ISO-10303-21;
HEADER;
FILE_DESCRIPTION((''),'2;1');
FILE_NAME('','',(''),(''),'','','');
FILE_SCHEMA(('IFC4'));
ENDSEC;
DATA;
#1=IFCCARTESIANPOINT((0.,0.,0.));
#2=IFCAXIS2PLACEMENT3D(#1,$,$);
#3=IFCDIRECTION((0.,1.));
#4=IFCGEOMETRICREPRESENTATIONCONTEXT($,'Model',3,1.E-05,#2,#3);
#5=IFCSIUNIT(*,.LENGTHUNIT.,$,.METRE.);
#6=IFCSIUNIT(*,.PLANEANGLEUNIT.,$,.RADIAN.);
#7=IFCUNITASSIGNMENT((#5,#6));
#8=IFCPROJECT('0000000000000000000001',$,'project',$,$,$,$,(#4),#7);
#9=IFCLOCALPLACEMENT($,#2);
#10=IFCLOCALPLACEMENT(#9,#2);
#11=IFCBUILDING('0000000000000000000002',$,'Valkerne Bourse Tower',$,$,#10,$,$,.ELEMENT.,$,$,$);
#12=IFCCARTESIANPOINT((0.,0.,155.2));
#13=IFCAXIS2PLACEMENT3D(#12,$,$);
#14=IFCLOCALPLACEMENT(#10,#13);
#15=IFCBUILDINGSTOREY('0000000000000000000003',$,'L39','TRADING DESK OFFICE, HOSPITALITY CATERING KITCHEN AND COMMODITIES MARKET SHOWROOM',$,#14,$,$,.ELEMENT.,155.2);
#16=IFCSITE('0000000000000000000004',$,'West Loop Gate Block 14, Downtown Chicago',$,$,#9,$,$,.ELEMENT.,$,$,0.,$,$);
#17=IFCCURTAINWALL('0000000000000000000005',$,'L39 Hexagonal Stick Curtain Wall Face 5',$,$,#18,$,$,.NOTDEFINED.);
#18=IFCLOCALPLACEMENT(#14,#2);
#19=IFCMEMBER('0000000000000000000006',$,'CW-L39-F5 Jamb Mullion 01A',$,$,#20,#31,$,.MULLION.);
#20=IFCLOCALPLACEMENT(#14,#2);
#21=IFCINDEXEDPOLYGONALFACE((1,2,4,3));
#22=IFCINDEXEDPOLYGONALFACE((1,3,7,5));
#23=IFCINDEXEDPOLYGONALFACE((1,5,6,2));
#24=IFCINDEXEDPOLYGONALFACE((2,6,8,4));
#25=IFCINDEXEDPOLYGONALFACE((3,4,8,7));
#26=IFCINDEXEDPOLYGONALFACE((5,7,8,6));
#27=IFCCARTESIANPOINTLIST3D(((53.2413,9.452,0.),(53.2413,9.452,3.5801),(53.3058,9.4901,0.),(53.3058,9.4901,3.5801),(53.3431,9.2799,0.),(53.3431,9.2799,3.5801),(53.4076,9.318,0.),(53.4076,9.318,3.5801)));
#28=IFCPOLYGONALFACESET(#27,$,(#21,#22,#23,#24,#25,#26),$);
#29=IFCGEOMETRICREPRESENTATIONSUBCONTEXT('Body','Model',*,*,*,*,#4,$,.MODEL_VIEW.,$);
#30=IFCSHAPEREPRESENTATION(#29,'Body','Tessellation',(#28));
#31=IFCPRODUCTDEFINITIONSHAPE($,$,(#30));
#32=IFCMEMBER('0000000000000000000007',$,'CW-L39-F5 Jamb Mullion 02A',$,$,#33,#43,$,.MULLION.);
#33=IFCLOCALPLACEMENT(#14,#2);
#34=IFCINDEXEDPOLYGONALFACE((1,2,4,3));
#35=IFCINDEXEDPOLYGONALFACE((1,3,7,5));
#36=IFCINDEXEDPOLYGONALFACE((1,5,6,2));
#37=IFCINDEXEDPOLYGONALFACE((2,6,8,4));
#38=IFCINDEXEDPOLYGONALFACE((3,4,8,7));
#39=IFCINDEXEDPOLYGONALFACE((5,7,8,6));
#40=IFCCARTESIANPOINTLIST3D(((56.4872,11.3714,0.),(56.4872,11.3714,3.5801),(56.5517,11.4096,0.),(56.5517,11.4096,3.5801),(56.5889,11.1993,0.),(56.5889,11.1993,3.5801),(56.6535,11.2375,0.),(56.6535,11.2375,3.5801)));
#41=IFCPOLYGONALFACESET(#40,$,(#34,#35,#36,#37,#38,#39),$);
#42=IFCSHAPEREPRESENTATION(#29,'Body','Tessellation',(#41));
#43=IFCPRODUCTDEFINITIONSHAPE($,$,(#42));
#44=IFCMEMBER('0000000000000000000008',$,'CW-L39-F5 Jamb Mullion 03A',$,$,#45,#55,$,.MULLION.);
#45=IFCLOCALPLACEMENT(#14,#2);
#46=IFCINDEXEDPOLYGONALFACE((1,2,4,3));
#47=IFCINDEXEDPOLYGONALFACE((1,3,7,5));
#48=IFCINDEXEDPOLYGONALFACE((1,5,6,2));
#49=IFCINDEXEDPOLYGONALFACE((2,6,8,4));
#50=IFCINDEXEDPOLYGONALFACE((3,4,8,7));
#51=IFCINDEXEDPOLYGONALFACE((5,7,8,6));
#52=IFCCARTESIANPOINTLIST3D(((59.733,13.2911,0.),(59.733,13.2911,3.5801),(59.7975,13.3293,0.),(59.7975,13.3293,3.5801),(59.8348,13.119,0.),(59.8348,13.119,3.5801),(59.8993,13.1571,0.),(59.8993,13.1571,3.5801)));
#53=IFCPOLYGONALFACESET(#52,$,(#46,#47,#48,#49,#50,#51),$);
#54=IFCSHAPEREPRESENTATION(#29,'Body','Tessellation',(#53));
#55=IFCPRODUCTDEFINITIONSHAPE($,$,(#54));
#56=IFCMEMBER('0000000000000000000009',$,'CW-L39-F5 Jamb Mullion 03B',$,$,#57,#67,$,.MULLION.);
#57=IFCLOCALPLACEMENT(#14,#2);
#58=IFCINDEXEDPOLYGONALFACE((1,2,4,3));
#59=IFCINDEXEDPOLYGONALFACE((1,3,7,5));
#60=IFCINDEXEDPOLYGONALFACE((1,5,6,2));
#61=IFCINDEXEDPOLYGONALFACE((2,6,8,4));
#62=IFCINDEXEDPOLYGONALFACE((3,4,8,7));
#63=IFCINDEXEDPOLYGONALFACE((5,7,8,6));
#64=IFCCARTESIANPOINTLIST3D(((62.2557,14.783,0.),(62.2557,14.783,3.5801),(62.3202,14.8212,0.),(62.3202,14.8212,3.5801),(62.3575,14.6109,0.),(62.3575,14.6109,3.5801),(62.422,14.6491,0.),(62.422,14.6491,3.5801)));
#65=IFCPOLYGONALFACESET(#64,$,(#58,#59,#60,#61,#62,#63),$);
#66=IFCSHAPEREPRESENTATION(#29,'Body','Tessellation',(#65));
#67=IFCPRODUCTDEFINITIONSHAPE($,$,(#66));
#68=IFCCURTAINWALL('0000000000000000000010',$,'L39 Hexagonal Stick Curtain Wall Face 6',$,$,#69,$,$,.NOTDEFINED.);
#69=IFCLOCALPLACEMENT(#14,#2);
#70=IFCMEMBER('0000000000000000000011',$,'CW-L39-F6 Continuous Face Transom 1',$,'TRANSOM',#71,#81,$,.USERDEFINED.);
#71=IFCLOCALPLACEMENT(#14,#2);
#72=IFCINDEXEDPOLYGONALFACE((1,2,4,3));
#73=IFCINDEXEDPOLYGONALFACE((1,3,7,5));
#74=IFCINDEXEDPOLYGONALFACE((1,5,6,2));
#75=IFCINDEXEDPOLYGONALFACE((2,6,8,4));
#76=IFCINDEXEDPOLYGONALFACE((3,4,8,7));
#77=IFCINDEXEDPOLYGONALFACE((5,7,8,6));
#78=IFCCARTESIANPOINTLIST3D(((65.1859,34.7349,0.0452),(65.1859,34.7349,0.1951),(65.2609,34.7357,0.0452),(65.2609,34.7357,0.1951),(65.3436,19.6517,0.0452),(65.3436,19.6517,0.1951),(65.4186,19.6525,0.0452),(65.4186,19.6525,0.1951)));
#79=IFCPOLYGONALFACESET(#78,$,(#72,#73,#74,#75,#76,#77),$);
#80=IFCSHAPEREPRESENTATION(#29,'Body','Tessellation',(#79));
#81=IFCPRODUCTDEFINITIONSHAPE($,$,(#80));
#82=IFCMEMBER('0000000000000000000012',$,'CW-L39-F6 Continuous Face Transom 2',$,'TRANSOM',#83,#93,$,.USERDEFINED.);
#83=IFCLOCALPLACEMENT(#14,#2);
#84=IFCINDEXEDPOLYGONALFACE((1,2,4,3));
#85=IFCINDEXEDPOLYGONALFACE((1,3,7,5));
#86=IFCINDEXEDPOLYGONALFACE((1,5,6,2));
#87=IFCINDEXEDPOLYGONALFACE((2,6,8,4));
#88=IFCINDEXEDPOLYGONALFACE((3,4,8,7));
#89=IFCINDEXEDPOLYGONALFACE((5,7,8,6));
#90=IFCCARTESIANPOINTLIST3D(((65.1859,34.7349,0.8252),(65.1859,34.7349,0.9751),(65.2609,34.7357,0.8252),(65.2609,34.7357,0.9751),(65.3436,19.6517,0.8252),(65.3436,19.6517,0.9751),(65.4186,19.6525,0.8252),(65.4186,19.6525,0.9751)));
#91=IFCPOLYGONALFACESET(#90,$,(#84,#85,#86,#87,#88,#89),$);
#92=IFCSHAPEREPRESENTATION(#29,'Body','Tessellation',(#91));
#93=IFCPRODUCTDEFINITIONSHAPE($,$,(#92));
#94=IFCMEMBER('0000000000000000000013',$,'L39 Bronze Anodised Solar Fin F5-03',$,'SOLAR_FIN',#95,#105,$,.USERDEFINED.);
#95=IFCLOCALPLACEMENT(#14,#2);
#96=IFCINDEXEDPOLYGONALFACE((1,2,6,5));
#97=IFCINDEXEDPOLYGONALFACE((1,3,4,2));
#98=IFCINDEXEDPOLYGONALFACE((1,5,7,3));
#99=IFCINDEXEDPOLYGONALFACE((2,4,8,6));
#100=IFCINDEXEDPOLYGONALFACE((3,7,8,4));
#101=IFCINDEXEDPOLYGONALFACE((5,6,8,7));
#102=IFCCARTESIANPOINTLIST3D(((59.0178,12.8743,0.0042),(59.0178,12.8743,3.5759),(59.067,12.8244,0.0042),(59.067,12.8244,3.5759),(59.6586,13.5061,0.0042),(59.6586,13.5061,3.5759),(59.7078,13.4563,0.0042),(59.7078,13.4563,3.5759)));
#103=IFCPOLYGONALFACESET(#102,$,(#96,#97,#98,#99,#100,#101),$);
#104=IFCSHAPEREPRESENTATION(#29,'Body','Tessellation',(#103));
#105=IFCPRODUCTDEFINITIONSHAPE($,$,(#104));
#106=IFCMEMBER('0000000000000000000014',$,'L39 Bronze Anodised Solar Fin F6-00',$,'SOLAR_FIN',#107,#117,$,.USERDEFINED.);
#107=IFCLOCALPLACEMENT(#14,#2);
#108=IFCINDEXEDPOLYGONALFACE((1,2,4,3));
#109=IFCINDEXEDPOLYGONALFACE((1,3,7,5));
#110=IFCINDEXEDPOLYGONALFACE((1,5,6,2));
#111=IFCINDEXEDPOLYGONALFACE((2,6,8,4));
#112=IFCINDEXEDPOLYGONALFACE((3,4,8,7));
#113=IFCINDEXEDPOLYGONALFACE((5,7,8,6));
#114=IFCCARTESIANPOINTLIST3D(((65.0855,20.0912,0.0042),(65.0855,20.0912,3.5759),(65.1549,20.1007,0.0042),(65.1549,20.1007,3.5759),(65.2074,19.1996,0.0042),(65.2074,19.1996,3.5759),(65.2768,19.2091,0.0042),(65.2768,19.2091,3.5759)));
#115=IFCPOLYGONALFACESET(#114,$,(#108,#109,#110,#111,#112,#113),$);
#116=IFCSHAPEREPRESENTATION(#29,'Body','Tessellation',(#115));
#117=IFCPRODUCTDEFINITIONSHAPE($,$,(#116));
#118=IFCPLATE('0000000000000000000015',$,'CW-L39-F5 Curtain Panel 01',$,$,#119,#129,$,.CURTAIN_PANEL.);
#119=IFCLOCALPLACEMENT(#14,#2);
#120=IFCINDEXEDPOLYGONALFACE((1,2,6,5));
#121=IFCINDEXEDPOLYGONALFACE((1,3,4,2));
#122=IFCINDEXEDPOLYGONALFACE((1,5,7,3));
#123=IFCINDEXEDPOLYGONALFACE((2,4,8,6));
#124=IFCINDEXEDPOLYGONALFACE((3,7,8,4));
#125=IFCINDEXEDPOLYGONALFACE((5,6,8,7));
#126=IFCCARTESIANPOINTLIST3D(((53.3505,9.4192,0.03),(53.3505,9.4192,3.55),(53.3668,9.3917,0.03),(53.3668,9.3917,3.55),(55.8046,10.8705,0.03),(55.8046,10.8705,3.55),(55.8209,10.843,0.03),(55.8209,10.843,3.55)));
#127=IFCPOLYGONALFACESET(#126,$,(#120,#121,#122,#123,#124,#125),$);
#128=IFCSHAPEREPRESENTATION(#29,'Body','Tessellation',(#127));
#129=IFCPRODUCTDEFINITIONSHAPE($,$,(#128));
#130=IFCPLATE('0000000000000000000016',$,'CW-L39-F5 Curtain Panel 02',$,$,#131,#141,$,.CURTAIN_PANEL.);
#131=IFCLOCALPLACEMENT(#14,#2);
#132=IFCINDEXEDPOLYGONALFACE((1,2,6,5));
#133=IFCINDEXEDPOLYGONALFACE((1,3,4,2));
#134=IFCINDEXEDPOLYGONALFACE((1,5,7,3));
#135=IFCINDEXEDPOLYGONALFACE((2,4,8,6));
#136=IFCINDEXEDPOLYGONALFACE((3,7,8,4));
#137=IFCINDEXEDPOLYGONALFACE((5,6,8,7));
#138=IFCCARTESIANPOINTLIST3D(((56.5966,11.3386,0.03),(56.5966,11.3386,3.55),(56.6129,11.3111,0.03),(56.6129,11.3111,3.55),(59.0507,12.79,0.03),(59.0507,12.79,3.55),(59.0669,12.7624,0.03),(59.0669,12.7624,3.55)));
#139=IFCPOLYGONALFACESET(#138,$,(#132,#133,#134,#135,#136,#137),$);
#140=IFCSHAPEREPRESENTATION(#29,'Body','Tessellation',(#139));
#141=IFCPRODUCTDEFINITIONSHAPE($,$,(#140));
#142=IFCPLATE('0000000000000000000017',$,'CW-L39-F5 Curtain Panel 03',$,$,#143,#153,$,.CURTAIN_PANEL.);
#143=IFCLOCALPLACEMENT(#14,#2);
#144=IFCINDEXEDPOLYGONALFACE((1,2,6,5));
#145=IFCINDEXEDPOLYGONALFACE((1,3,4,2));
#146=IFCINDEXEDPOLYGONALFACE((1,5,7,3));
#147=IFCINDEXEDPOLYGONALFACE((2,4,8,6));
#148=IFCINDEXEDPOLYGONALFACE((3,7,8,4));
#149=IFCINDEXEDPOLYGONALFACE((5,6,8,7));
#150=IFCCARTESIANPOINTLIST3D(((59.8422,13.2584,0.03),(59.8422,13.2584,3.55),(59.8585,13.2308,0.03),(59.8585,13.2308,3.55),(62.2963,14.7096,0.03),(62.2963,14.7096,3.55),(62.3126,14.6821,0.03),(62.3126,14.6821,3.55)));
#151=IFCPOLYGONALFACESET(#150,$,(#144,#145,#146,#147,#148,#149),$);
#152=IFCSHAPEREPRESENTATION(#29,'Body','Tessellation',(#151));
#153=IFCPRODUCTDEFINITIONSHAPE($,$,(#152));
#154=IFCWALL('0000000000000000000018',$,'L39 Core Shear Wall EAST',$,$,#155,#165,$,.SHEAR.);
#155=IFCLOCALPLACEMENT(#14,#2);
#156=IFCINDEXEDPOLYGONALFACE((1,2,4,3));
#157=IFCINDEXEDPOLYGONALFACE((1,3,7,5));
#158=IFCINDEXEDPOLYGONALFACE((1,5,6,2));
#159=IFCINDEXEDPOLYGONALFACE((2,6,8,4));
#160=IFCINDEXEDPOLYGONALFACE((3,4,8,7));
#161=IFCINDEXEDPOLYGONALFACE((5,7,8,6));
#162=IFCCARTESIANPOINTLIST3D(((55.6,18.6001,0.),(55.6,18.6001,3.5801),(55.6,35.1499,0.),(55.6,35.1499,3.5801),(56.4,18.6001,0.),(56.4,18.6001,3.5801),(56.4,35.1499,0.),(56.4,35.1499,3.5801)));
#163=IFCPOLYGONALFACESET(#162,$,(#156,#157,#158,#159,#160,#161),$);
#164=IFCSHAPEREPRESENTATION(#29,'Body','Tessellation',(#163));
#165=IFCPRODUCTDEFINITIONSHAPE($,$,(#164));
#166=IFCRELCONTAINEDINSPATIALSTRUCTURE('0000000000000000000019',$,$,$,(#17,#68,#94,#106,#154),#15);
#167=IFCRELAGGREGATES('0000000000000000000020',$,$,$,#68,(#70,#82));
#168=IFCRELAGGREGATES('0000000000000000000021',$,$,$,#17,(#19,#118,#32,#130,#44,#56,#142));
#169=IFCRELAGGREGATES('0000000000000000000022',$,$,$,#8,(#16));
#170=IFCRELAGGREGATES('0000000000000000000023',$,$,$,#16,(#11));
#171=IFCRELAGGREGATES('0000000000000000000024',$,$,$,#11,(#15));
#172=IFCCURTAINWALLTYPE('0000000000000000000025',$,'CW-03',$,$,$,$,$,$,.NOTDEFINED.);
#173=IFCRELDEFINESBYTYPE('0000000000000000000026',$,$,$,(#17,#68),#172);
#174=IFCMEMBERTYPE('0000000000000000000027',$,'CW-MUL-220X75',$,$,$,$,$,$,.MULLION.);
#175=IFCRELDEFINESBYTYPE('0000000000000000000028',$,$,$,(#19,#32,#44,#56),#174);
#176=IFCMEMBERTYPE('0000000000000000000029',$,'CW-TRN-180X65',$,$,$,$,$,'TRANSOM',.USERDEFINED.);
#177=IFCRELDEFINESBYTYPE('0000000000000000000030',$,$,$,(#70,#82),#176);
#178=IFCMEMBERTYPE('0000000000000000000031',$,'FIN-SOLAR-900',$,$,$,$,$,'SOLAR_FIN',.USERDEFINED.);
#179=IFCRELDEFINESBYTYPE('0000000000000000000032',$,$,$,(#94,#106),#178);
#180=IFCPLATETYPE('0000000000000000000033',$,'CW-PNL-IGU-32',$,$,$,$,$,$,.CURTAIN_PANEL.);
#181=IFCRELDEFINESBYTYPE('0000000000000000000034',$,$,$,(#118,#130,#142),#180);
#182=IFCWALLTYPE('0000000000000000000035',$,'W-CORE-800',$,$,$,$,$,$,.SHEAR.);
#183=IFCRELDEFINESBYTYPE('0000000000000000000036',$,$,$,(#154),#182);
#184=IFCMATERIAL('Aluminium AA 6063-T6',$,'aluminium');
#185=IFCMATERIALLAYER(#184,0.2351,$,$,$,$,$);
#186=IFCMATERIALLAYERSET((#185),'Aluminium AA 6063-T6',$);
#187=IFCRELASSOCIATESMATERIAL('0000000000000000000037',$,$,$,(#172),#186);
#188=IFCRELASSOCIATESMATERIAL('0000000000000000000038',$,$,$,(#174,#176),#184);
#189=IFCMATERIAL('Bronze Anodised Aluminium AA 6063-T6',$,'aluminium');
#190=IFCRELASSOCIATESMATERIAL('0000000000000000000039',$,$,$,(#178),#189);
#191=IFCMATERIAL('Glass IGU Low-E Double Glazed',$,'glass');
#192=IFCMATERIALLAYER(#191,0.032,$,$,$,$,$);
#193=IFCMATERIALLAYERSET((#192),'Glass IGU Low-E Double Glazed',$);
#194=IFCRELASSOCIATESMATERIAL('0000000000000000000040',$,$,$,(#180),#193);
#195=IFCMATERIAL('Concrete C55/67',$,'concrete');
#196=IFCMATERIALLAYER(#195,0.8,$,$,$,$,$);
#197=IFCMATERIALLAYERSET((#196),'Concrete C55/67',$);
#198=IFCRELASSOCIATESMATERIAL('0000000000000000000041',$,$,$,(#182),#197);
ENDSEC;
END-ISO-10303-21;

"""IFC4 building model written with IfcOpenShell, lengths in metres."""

from ifc_helpers import new_model, si_unit, direction, frame, frame_2d, origin, origin_2d, place, context, subcontext, project, spatial, rectangle, extrude, material, layer, layer_set, material_profile, profile_set, type_object, element, aggregate, save


model = new_model("IFC4")

# Units and contexts
model_context = context("Model", 3, precision=1e-05, world=origin(), true_north=direction((0.0, 1.0)))
body_context = subcontext(model_context, "Body", "Model", "MODEL_VIEW")
ifc_project = project(units=[si_unit("LENGTHUNIT", "METRE"), si_unit("PLANEANGLEUNIT", "RADIAN")], contexts=[model_context])

# Site, building, storey
site_placement = place(None, origin())
site = spatial("IfcSite", under=ifc_project, at=site_placement, Name="West Loop Gate Block 14, Downtown Chicago", CompositionType="ELEMENT", RefElevation=0.0)
building_placement = place(site_placement, origin())
building = spatial("IfcBuilding", under=site, at=building_placement, Name="Valkerne Bourse Tower", CompositionType="ELEMENT")
storey_placement = place(building_placement, frame((0.0, 0.0, 155.2)))
storey = spatial("IfcBuildingStorey", under=building, at=storey_placement, Name="L39", Description="TRADING DESK OFFICE, HOSPITALITY CATERING KITCHEN AND COMMODITIES MARKET SHOWROOM", CompositionType="ELEMENT", Elevation=155.2)

# Curtain walls, members
ifc_material_1 = material(Name="Aluminium AA 6063-T6", Category="aluminium")
ifc_layer_1 = layer(ifc_material_1, 0.2351)
ifc_layer_set_1 = layer_set([ifc_layer_1], Name="Aluminium AA 6063-T6")
curtain_wall_type = type_object("IfcCurtainWallType", Name="CW-03", PredefinedType="NOTDEFINED", material=ifc_layer_set_1)
curtain_wall_1_placement = place(storey_placement, origin())
curtain_wall_1 = element("IfcCurtainWall", 1, at=curtain_wall_1_placement, inside=storey, type_object=curtain_wall_type, Name="L39 Hexagonal Stick Curtain Wall Face 5", PredefinedType="NOTDEFINED")
ifc_material_profile_1 = material_profile(ifc_material_1, rectangle(XDim=0.075, YDim=0.2, at=origin_2d()), Name="CWM-75X200")
ifc_profile_set_1 = profile_set([ifc_material_profile_1], Name="Aluminium AA 6063-T6")
member_type_1 = type_object("IfcMemberType", Name="CW-MUL-220X75", PredefinedType="MULLION", material=ifc_profile_set_1)
member_1_placement = place(storey_placement, frame((53.3245, 9.385, 0.0), z_axis=(0.0, 0.0, 1.0), x_axis=(0.860744, 0.509038, 0.0)))
member_1 = element("IfcMember", 2, at=member_1_placement, type_object=member_type_1, Name="CW-L39-F5 Jamb Mullion 01A", PredefinedType="MULLION", context=body_context, shape_type="SweptSolid", body=[
    extrude(rectangle(XDim=0.075, YDim=0.2, at=origin_2d()), origin(), (0.0, 0.0, 1.0), 3.5801),
])
member_2_placement = place(storey_placement, frame((56.5703, 11.3044, 0.0), z_axis=(0.0, 0.0, 1.0), x_axis=(0.860737, 0.509049, 0.0)))
member_2 = element("IfcMember", 3, at=member_2_placement, type_object=member_type_1, Name="CW-L39-F5 Jamb Mullion 02A", PredefinedType="MULLION", context=body_context, shape_type="SweptSolid", body=[
    extrude(rectangle(XDim=0.075, YDim=0.2, at=origin_2d()), origin(), (0.0, 0.0, 1.0), 3.5801),
])
member_3_placement = place(storey_placement, frame((59.8162, 13.2241, 0.0), z_axis=(0.0, 0.0, 1.0), x_axis=(0.860756, 0.509018, 0.0)))
member_3 = element("IfcMember", 4, at=member_3_placement, type_object=member_type_1, Name="CW-L39-F5 Jamb Mullion 03A", PredefinedType="MULLION", context=body_context, shape_type="SweptSolid", body=[
    extrude(rectangle(XDim=0.075, YDim=0.2, at=origin_2d()), origin(), (0.0, 0.0, 1.0), 3.5801),
])
member_4_placement = place(storey_placement, frame((62.3389, 14.7161, 0.0), z_axis=(0.0, 0.0, 1.0), x_axis=(0.860756, 0.509018, 0.0)))
member_4 = element("IfcMember", 5, at=member_4_placement, type_object=member_type_1, Name="CW-L39-F5 Jamb Mullion 03B", PredefinedType="MULLION", context=body_context, shape_type="SweptSolid", body=[
    extrude(rectangle(XDim=0.075, YDim=0.2, at=origin_2d()), origin(), (0.0, 0.0, 1.0), 3.5801),
])
curtain_wall_2_placement = place(storey_placement, origin())
curtain_wall_2 = element("IfcCurtainWall", 6, at=curtain_wall_2_placement, inside=storey, type_object=curtain_wall_type, Name="L39 Hexagonal Stick Curtain Wall Face 6", PredefinedType="NOTDEFINED")
ifc_material_profile_2 = material_profile(ifc_material_1, rectangle(XDim=0.075, YDim=0.1499, at=origin_2d()), Name="CWT-75X150")
ifc_profile_set_2 = profile_set([ifc_material_profile_2], Name="Aluminium AA 6063-T6")
member_type_2 = type_object("IfcMemberType", Name="CW-TRN-180X65", ElementType="TRANSOM", PredefinedType="USERDEFINED", material=ifc_profile_set_2)
member_5_placement = place(storey_placement, frame((65.3811, 19.6521, 0.1201), z_axis=(-0.010456, 0.999945, 0.0), x_axis=(-0.999945, -0.010456, 0.0)))
member_5 = element("IfcMember", 7, at=member_5_placement, type_object=member_type_2, Name="CW-L39-F6 Continuous Face Transom 1", ObjectType="TRANSOM", PredefinedType="USERDEFINED", context=body_context, shape_type="SweptSolid", body=[
    extrude(rectangle(XDim=0.075, YDim=0.1499, at=origin_2d()), origin(), (0.0, 0.0, 1.0), 15.084),
])
member_6_placement = place(storey_placement, frame((65.3811, 19.6521, 0.9001), z_axis=(-0.010456, 0.999945, 0.0), x_axis=(-0.999945, -0.010456, 0.0)))
member_6 = element("IfcMember", 8, at=member_6_placement, type_object=member_type_2, Name="CW-L39-F6 Continuous Face Transom 2", ObjectType="TRANSOM", PredefinedType="USERDEFINED", context=body_context, shape_type="SweptSolid", body=[
    extrude(rectangle(XDim=0.075, YDim=0.1499, at=origin_2d()), origin(), (0.0, 0.0, 1.0), 15.084),
])
aggregate(curtain_wall_2, [member_5, member_6])

# Members
ifc_material_2 = material(Name="Bronze Anodised Aluminium AA 6063-T6", Category="aluminium")
ifc_material_profile_3 = material_profile(ifc_material_2, rectangle(XDim=0.0701, YDim=0.8999, at=origin_2d()), Name="FIN-70X900")
ifc_profile_set_3 = profile_set([ifc_material_profile_3], Name="Bronze Anodised Aluminium AA 6063-T6")
member_type_3 = type_object("IfcMemberType", Name="FIN-SOLAR-900", ElementType="SOLAR_FIN", PredefinedType="USERDEFINED", material=ifc_profile_set_3)
for number, where, z_axis, x_axis, name in (
    (9, (59.3628, 13.1653, 0.0042), (0.0, 0.0, 1.0), (0.702112, -0.712067, 0.0), "L39 Bronze Anodised Solar Fin F5-03"),
    (10, (65.1812, 19.6501, 0.0042), (0.0, 0.0, 1.0), (0.990772, 0.135538, 0.0), "L39 Bronze Anodised Solar Fin F6-00"),
):
    element("IfcMember", number, at=place(storey_placement, frame(where, z_axis=z_axis, x_axis=x_axis)), inside=storey, type_object=member_type_3, Name=name, ObjectType="SOLAR_FIN", PredefinedType="USERDEFINED", context=body_context, shape_type="SweptSolid", body=[
        extrude(rectangle(XDim=0.0701, YDim=0.8999, at=origin_2d()), origin(), (0.0, 0.0, 1.0), 3.5718),
    ])

# Plates
ifc_material_3 = material(Name="Glass IGU Low-E Double Glazed", Category="glass")
ifc_layer_2 = layer(ifc_material_3, 0.032)
ifc_layer_set_2 = layer_set([ifc_layer_2], Name="Glass IGU Low-E Double Glazed")
plate_type = type_object("IfcPlateType", Name="CW-PNL-IGU-32", PredefinedType="CURTAIN_PANEL", material=ifc_layer_set_2)
plate_1_placement = place(storey_placement, frame((54.5857, 10.1311, 0.03), z_axis=(0.0, 0.0, 1.0), x_axis=(0.860744, 0.509038, 0.0)))
plate_1 = element("IfcPlate", 11, at=plate_1_placement, type_object=plate_type, Name="CW-L39-F5 Curtain Panel 01", PredefinedType="CURTAIN_PANEL", context=body_context, shape_type="SweptSolid", body=[
    extrude(rectangle(XDim=2.8511, YDim=0.032, at=origin_2d()), origin(), (0.0, 0.0, 1.0), 3.52),
])
plate_2_placement = place(storey_placement, frame((57.8318, 12.0505, 0.03), z_axis=(0.0, 0.0, 1.0), x_axis=(0.860737, 0.509049, 0.0)))
plate_2 = element("IfcPlate", 12, at=plate_2_placement, type_object=plate_type, Name="CW-L39-F5 Curtain Panel 02", PredefinedType="CURTAIN_PANEL", context=body_context, shape_type="SweptSolid", body=[
    extrude(rectangle(XDim=2.8511, YDim=0.032, at=origin_2d()), origin(), (0.0, 0.0, 1.0), 3.52),
])
plate_3_placement = place(storey_placement, frame((61.0774, 13.9702, 0.03), z_axis=(0.0, 0.0, 1.0), x_axis=(0.860756, 0.509018, 0.0)))
plate_3 = element("IfcPlate", 13, at=plate_3_placement, type_object=plate_type, Name="CW-L39-F5 Curtain Panel 03", PredefinedType="CURTAIN_PANEL", context=body_context, shape_type="SweptSolid", body=[
    extrude(rectangle(XDim=2.8511, YDim=0.032, at=origin_2d()), origin(), (0.0, 0.0, 1.0), 3.52),
])
aggregate(curtain_wall_1, [member_1, plate_1, member_2, plate_2, member_3, member_4, plate_3])

# Wall
ifc_material_4 = material(Name="Concrete C55/67", Category="concrete")
ifc_layer_3 = layer(ifc_material_4, 0.8)
ifc_layer_set_3 = layer_set([ifc_layer_3], Name="Concrete C55/67")
wall_type_1 = type_object("IfcWallType", Name="W-CORE-800", PredefinedType="SHEAR", material=ifc_layer_set_3)
wall_1_placement = place(storey_placement, frame((56.0, 18.6001, 0.0), z_axis=(0.0, 0.0, 1.0), x_axis=(0.0, 1.0, 0.0)))
element("IfcWall", 14, at=wall_1_placement, inside=storey, type_object=wall_type_1, Name="L39 Core Shear Wall EAST", PredefinedType="SHEAR", context=body_context, shape_type="SweptSolid", body=[
    extrude(rectangle(XDim=16.5498, YDim=0.8, at=frame_2d((8.2749, 0.0))), origin(), (0.0, 0.0, 1.0), 3.5801),
])

save(model, "model.ifc")
